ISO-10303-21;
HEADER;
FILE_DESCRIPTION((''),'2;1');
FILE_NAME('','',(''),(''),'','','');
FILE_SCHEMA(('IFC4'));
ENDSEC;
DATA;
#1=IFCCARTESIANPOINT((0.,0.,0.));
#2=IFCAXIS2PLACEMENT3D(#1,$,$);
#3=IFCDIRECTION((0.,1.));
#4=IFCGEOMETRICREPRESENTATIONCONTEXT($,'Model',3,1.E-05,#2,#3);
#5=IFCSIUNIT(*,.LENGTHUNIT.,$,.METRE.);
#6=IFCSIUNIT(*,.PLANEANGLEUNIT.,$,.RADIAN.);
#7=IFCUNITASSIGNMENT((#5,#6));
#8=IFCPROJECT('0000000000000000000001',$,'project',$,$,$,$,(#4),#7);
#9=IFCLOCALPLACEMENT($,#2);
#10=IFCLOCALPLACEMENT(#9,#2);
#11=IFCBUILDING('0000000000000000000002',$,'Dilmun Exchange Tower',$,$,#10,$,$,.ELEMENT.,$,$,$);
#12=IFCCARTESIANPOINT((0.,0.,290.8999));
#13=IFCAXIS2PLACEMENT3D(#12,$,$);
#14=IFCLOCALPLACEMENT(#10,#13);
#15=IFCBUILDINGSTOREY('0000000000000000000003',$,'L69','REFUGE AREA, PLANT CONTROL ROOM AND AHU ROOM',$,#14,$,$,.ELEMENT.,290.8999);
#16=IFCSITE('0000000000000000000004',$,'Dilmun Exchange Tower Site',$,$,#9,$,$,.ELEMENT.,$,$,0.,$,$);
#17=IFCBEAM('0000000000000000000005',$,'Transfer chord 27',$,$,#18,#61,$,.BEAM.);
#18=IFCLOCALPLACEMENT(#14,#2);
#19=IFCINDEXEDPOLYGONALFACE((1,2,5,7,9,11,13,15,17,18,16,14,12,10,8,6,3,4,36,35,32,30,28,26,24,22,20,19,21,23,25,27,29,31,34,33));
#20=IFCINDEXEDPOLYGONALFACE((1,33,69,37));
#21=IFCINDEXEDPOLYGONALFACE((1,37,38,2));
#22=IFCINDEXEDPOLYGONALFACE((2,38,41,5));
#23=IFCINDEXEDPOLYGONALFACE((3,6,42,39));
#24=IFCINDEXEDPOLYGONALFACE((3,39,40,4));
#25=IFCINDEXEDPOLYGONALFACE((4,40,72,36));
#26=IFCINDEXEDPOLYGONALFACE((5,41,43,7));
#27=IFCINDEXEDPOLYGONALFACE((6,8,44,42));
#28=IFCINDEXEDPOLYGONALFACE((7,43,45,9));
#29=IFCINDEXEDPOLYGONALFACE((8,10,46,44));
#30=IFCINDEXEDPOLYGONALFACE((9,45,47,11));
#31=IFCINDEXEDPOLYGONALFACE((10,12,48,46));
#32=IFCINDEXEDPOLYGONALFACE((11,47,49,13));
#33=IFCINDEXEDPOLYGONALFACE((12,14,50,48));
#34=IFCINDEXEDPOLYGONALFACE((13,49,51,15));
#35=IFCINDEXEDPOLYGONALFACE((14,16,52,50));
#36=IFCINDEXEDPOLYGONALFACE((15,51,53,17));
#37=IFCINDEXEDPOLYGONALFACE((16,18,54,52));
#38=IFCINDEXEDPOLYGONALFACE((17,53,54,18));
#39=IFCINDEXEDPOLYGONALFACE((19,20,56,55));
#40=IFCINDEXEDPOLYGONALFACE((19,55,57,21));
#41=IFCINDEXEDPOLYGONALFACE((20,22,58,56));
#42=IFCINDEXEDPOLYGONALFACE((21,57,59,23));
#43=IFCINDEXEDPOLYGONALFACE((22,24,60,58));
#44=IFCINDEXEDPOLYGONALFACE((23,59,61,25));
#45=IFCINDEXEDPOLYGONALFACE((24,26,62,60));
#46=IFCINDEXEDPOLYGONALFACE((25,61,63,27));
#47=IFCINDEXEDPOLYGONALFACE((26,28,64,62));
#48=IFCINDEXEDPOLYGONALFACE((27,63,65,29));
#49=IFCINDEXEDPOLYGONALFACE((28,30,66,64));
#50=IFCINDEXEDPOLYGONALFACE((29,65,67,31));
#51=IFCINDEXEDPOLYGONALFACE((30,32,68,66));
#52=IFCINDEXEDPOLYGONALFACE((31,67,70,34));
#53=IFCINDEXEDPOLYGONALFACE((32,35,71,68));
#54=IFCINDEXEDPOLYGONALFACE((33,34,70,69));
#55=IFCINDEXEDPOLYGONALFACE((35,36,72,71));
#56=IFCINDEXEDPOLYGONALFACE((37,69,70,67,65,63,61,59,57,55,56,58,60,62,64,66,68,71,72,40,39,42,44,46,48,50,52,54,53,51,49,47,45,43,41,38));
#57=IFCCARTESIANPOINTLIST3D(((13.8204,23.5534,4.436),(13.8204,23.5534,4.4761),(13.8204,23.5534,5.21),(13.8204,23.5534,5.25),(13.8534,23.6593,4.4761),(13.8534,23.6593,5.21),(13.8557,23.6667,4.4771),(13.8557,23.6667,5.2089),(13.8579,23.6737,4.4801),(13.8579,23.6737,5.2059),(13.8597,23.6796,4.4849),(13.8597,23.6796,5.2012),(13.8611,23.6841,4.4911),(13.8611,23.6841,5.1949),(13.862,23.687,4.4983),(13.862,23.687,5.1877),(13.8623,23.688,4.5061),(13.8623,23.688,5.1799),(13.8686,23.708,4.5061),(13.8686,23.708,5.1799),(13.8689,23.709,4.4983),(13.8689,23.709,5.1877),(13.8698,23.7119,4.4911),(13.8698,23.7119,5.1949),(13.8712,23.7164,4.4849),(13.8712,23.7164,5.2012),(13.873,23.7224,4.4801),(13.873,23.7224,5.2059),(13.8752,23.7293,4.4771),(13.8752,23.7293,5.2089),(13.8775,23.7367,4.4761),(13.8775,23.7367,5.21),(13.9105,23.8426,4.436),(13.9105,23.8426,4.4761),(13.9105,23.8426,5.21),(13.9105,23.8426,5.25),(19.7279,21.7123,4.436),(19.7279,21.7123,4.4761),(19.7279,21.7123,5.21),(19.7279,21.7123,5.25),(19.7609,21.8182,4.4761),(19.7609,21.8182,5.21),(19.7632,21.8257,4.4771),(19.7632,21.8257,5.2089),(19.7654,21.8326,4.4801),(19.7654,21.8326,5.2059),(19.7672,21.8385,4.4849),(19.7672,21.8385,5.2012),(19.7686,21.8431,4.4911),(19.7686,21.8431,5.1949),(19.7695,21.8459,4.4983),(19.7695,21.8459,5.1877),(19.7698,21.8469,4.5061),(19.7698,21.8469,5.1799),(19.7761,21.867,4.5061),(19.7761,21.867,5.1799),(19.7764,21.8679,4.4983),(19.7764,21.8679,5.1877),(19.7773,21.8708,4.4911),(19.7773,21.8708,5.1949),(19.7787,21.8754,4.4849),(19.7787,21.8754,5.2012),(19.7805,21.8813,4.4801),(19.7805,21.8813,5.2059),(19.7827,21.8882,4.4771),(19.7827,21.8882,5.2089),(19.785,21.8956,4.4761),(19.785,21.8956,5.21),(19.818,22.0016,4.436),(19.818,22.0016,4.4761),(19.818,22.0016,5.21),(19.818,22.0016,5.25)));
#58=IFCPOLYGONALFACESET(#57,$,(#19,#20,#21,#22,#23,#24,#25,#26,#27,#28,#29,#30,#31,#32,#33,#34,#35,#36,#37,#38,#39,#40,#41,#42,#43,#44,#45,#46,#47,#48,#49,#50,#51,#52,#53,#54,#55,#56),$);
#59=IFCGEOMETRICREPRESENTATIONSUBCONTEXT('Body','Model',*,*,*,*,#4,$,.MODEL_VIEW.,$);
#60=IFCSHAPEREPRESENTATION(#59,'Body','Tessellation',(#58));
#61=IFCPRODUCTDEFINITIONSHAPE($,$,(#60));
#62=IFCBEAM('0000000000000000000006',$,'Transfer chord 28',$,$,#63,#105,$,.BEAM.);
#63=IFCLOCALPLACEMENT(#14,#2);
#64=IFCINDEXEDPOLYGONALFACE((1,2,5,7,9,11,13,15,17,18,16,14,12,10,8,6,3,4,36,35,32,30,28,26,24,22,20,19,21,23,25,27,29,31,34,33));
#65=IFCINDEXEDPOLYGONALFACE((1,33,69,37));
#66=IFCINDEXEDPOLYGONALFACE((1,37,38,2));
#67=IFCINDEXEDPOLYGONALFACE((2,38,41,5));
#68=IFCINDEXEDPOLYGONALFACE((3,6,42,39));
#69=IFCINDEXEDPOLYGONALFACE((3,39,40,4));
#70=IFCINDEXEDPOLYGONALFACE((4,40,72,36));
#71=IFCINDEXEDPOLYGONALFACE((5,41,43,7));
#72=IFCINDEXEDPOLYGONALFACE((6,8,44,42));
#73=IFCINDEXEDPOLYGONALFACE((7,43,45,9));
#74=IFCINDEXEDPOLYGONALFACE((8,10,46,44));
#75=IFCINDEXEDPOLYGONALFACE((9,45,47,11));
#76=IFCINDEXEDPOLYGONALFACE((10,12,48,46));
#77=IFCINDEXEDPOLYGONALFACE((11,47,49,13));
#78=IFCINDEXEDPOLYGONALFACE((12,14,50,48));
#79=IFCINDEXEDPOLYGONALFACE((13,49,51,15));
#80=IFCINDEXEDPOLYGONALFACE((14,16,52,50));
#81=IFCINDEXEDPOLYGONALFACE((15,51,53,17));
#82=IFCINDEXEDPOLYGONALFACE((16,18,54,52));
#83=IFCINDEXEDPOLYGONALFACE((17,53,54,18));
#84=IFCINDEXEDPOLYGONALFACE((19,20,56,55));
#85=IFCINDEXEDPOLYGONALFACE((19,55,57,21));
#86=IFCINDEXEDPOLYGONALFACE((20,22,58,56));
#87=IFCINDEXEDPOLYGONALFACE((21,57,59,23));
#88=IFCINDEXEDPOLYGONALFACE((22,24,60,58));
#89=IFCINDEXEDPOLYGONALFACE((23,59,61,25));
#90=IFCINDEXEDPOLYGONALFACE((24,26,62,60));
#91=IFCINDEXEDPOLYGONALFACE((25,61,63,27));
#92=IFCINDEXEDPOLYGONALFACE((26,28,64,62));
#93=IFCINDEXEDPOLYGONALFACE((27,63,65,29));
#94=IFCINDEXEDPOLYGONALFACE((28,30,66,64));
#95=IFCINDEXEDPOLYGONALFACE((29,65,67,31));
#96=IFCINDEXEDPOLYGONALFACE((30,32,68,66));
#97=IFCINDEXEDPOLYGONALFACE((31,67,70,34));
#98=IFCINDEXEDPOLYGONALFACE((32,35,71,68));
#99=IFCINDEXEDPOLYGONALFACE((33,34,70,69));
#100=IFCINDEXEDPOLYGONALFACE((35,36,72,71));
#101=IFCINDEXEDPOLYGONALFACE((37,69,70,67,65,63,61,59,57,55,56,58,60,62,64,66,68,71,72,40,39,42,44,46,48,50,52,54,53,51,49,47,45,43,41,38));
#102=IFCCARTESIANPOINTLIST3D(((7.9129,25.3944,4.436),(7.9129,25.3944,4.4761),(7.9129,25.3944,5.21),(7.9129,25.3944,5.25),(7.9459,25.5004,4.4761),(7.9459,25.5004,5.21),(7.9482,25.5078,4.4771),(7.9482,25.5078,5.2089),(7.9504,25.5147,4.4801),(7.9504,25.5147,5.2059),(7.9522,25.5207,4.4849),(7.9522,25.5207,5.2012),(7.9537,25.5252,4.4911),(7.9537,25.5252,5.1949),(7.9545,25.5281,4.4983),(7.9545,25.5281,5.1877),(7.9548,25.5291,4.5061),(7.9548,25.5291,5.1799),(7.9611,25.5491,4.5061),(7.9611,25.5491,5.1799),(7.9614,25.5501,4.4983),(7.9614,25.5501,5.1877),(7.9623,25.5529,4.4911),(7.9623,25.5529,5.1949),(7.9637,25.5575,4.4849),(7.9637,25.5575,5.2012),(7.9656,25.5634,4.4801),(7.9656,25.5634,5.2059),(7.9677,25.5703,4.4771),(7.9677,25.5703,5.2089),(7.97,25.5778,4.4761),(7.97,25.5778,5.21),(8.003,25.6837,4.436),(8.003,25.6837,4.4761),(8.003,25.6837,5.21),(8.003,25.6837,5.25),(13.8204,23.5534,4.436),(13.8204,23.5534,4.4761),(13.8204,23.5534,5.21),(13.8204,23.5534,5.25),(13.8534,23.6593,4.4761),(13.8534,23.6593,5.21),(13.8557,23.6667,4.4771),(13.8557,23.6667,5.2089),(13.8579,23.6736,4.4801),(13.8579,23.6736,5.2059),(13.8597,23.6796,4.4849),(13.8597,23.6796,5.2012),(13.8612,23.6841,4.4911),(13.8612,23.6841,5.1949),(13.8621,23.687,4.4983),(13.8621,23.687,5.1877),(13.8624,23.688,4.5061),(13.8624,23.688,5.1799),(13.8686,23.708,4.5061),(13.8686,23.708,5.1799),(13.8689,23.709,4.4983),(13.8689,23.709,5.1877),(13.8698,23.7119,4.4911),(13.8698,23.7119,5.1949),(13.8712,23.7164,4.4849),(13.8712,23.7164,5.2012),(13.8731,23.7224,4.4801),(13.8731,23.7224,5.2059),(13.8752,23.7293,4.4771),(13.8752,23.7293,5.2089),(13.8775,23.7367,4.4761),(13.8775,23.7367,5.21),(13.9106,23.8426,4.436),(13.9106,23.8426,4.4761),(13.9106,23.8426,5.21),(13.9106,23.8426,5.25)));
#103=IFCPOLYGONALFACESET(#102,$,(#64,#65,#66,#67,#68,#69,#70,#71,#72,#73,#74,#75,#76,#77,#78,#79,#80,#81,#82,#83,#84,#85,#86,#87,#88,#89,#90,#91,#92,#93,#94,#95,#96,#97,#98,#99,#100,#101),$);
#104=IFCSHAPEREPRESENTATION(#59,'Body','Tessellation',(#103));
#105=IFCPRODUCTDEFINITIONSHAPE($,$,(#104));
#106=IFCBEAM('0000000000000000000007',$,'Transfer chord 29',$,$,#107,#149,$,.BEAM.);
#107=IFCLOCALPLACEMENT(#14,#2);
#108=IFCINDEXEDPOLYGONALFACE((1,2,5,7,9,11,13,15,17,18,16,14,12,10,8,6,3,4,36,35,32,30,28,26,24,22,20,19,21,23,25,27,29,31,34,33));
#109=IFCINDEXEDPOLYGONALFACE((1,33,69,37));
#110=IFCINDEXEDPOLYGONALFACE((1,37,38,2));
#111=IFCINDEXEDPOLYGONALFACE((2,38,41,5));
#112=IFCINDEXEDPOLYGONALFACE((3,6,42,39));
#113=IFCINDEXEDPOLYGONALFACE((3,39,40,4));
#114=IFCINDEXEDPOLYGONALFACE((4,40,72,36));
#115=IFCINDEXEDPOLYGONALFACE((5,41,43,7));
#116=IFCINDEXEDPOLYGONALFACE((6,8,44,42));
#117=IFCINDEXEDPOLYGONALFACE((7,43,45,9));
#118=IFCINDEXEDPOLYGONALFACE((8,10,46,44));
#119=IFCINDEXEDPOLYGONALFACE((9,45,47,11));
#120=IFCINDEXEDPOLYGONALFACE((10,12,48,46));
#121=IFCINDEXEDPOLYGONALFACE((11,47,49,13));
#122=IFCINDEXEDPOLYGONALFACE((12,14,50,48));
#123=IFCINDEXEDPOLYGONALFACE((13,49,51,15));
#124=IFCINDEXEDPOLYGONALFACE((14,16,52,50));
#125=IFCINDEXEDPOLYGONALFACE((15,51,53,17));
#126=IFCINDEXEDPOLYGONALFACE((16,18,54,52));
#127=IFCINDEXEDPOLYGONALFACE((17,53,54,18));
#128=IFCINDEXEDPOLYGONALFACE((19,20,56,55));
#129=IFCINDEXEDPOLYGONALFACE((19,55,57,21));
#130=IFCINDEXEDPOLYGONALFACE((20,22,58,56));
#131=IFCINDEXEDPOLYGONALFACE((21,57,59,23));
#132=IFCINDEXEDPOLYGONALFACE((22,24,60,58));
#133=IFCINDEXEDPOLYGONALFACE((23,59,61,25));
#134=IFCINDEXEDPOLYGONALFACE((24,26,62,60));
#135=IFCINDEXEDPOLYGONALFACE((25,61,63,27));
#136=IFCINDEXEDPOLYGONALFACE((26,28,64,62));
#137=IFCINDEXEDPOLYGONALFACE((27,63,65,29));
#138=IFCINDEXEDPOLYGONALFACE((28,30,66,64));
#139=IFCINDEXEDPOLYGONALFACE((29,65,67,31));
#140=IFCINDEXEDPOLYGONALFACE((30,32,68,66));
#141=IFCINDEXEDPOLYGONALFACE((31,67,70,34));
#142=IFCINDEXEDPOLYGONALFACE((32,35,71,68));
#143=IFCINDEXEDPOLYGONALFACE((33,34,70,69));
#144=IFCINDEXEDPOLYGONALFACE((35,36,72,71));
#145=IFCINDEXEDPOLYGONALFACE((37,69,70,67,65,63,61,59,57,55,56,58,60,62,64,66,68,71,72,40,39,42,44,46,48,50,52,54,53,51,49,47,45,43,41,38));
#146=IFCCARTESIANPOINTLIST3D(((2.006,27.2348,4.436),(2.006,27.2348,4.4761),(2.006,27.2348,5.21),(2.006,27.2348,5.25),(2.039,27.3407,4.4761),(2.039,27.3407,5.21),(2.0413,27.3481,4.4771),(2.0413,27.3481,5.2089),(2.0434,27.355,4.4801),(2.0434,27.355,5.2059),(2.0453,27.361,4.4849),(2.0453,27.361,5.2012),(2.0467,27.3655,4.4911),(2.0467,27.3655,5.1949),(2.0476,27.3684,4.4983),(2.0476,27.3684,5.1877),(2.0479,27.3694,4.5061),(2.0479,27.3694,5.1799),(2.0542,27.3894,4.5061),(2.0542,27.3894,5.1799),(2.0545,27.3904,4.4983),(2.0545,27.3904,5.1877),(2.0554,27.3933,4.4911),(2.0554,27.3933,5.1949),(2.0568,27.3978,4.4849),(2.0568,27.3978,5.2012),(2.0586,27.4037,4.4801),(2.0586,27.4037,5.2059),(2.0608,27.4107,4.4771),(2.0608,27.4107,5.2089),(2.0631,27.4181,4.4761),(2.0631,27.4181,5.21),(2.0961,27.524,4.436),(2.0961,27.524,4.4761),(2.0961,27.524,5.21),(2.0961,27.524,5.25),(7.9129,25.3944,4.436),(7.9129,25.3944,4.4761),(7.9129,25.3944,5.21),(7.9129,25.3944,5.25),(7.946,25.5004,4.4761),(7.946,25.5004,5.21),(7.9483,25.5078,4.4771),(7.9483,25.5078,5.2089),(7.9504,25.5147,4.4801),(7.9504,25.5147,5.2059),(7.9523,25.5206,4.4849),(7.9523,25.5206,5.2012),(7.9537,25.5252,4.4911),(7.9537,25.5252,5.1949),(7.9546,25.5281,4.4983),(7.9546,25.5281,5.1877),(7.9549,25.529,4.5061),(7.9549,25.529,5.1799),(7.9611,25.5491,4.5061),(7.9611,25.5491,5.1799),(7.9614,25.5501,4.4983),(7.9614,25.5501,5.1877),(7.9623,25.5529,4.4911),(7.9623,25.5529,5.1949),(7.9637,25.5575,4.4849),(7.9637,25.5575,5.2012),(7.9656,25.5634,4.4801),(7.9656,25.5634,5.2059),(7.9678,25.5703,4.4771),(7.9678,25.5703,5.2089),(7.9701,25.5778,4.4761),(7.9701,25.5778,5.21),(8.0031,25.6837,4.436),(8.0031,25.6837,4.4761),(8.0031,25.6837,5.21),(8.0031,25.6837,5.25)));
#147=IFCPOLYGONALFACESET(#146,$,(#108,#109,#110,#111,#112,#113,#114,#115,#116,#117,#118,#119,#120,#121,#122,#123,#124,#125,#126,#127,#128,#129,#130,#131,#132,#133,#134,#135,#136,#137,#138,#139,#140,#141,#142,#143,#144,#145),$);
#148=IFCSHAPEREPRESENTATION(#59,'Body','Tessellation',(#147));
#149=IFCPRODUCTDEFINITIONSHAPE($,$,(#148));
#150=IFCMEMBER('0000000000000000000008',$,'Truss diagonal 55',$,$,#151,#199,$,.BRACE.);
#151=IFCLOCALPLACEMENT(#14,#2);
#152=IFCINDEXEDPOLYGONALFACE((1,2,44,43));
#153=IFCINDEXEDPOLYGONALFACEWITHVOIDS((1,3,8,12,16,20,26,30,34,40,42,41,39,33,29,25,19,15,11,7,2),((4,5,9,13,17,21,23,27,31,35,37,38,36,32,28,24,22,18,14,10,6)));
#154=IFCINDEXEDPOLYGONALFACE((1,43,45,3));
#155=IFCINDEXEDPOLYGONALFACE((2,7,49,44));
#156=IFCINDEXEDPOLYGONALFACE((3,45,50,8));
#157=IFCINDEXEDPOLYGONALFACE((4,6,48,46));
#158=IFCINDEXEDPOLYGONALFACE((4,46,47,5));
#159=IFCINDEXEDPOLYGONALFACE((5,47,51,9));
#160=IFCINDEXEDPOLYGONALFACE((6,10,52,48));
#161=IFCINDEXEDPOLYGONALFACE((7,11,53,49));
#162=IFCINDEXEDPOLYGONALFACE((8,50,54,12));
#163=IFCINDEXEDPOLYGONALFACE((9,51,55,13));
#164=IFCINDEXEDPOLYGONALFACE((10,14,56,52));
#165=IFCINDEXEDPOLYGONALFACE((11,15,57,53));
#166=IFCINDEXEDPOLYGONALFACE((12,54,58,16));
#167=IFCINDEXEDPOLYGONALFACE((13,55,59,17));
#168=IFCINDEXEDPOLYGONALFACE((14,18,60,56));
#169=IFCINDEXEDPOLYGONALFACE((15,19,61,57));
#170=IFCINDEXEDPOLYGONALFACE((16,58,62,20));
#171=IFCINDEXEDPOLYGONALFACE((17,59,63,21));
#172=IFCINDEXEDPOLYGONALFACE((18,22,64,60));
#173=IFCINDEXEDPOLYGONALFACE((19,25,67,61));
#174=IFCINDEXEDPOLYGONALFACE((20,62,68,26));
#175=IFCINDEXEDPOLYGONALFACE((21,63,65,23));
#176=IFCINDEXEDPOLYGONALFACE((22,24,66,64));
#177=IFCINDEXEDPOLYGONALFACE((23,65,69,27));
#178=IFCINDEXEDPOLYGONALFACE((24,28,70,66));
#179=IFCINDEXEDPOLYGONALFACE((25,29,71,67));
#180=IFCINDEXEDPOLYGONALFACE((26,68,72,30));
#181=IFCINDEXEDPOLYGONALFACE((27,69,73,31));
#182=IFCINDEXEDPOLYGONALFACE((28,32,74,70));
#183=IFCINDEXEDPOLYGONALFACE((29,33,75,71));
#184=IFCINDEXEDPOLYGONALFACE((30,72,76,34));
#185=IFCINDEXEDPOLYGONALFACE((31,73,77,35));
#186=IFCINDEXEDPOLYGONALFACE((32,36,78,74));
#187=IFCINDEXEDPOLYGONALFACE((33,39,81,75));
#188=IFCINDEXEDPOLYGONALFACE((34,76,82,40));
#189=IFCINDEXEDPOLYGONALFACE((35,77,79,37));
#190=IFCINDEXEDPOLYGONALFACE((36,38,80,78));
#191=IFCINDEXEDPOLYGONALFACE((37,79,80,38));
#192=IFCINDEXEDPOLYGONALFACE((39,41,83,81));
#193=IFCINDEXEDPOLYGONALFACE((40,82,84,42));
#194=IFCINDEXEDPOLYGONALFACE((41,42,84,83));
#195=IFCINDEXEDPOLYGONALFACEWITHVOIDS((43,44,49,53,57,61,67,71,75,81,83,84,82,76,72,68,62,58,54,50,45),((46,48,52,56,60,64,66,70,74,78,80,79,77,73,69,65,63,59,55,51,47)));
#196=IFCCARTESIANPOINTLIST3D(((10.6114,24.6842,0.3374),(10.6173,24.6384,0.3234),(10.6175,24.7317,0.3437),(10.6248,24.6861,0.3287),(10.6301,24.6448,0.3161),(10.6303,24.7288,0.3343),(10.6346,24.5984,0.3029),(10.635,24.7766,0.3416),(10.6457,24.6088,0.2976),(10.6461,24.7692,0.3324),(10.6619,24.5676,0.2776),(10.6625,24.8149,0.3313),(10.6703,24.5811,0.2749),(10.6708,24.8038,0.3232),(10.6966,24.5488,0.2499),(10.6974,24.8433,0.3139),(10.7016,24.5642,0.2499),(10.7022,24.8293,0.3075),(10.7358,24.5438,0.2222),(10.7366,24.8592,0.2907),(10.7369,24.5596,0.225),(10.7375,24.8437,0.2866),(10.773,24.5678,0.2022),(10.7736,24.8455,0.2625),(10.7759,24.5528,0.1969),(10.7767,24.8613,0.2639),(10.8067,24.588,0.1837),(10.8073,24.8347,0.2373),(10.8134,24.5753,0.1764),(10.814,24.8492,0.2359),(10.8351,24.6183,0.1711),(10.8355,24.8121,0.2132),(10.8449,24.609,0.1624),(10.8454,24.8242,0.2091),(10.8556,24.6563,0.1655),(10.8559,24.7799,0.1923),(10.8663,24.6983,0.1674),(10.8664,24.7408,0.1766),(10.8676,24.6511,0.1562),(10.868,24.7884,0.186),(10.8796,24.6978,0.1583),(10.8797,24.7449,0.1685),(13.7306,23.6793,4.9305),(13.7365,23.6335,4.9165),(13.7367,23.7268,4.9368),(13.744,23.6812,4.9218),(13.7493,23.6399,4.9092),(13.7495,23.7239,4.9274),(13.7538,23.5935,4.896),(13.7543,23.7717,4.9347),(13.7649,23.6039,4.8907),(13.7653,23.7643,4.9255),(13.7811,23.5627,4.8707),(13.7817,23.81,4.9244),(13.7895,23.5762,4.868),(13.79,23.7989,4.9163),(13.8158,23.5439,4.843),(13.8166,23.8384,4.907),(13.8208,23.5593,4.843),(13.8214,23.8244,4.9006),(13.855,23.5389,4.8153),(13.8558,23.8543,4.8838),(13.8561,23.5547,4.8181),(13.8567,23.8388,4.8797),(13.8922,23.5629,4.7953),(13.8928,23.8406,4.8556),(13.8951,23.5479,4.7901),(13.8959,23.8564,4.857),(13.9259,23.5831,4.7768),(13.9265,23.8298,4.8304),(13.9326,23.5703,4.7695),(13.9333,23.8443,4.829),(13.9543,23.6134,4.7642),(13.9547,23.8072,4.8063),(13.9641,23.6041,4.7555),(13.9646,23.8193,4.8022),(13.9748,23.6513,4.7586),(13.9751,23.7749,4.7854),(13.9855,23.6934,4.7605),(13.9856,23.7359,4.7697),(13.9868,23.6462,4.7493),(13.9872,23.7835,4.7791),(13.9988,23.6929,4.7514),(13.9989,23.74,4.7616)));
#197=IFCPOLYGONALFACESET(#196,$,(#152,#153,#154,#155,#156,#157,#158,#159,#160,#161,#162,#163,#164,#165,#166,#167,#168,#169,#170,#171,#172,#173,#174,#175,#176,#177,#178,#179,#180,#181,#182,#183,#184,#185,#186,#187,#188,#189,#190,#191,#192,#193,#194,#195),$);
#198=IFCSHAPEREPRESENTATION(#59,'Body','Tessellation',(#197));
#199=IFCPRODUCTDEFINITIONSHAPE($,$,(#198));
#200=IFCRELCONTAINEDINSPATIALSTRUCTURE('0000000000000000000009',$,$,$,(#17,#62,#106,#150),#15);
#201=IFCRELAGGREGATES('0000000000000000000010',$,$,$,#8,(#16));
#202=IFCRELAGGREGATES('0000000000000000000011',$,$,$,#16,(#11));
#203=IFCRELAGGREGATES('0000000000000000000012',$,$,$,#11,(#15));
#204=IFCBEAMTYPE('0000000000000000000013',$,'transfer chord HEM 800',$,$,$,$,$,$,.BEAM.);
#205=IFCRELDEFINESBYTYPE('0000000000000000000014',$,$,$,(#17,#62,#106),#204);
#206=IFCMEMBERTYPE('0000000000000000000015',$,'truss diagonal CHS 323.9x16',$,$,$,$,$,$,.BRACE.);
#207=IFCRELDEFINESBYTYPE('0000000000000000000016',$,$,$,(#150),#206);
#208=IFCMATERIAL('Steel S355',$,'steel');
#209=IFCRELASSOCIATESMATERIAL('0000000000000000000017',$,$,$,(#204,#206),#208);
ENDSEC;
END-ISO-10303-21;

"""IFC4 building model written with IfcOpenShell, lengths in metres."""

from ifc_helpers import new_model, si_unit, direction, frame, origin, origin_2d, place, context, subcontext, project, spatial, hollow_circle, i_section, extrude, material, material_profile, profile_set, type_object, element, save


model = new_model("IFC4")

# Units and contexts
model_context = context("Model", 3, precision=1e-05, world=origin(), true_north=direction((0.0, 1.0)))
body_context = subcontext(model_context, "Body", "Model", "MODEL_VIEW")
ifc_project = project(units=[si_unit("LENGTHUNIT", "METRE"), si_unit("PLANEANGLEUNIT", "RADIAN")], contexts=[model_context])

# Site, building, storey
site_placement = place(None, origin())
site = spatial("IfcSite", under=ifc_project, at=site_placement, Name="Dilmun Exchange Tower Site", CompositionType="ELEMENT", RefElevation=0.0)
building_placement = place(site_placement, origin())
building = spatial("IfcBuilding", under=site, at=building_placement, Name="Dilmun Exchange Tower", CompositionType="ELEMENT")
storey_placement = place(building_placement, frame((0.0, 0.0, 290.8999)))
storey = spatial("IfcBuildingStorey", under=building, at=storey_placement, Name="L69", Description="REFUGE AREA, PLANT CONTROL ROOM AND AHU ROOM", CompositionType="ELEMENT", Elevation=290.8999)

# Beams
ifc_material_1 = material(Name="Steel S355", Category="steel")
ifc_material_profile_1 = material_profile(ifc_material_1, i_section(OverallWidth=0.303, OverallDepth=0.814, WebThickness=0.021, FlangeThickness=0.04, FilletRadius=0.03, at=origin_2d()), Name="HEM 800")
ifc_profile_set_1 = profile_set([ifc_material_profile_1], Name="Steel S355")
beam_type_1 = type_object("IfcBeamType", Name="transfer chord HEM 800", PredefinedType="BEAM", material=ifc_profile_set_1)
for number, where, z_axis, x_axis, name in (
    (1, (19.7729, 21.8569, 4.843), (-0.954711, 0.297536, 0.0), (-0.297536, -0.954711, 0.0), "Transfer chord 27"),
    (2, (13.8655, 23.698, 4.843), (-0.954711, 0.297536, 0.0), (-0.297536, -0.954711, 0.0), "Transfer chord 28"),
):
    element("IfcBeam", number, at=place(storey_placement, frame(where, z_axis=z_axis, x_axis=x_axis)), inside=storey, type_object=beam_type_1, Name=name, PredefinedType="BEAM", context=body_context, shape_type="SweptSolid", body=[
        extrude(i_section(OverallWidth=0.303, OverallDepth=0.814, WebThickness=0.021, FlangeThickness=0.04, FilletRadius=0.03, at=origin_2d()), origin(), (0.0, 0.0, 1.0), 6.1877),
    ])
beam_1_placement = place(storey_placement, frame((7.958, 25.5391, 4.843), z_axis=(-0.954737, 0.29745, 0.0), x_axis=(-0.29745, -0.954737, 0.0)))
element("IfcBeam", 3, at=beam_1_placement, inside=storey, type_object=beam_type_1, Name="Transfer chord 29", PredefinedType="BEAM", context=body_context, shape_type="SweptSolid", body=[
    extrude(i_section(OverallWidth=0.303, OverallDepth=0.814, WebThickness=0.021, FlangeThickness=0.04, FilletRadius=0.03, at=origin_2d()), origin(), (0.0, 0.0, 1.0), 6.187),
])

# Member
ifc_material_profile_2 = material_profile(ifc_material_1, hollow_circle(Radius=0.1619, WallThickness=0.0161, at=origin_2d()), Name="CHS 323.9x16")
ifc_profile_set_2 = profile_set([ifc_material_profile_2], Name="Steel S355")
member_type = type_object("IfcMemberType", Name="truss diagonal CHS 323.9x16", PredefinedType="BRACE", material=ifc_profile_set_2)
member_1_placement = place(storey_placement, frame((13.8655, 23.698, 4.843), z_axis=(-0.552822, 0.178101, -0.814045), x_axis=(-0.306646, -0.951824, 0.0)))
element("IfcMember", 4, at=member_1_placement, inside=storey, type_object=member_type, Name="Truss diagonal 55", PredefinedType="BRACE", context=body_context, shape_type="SweptSolid", body=[
    extrude(hollow_circle(Radius=0.1619, WallThickness=0.0161, at=origin_2d()), origin(), (0.0, 0.0, 1.0), 5.6423),
])

save(model, "model.ifc")
